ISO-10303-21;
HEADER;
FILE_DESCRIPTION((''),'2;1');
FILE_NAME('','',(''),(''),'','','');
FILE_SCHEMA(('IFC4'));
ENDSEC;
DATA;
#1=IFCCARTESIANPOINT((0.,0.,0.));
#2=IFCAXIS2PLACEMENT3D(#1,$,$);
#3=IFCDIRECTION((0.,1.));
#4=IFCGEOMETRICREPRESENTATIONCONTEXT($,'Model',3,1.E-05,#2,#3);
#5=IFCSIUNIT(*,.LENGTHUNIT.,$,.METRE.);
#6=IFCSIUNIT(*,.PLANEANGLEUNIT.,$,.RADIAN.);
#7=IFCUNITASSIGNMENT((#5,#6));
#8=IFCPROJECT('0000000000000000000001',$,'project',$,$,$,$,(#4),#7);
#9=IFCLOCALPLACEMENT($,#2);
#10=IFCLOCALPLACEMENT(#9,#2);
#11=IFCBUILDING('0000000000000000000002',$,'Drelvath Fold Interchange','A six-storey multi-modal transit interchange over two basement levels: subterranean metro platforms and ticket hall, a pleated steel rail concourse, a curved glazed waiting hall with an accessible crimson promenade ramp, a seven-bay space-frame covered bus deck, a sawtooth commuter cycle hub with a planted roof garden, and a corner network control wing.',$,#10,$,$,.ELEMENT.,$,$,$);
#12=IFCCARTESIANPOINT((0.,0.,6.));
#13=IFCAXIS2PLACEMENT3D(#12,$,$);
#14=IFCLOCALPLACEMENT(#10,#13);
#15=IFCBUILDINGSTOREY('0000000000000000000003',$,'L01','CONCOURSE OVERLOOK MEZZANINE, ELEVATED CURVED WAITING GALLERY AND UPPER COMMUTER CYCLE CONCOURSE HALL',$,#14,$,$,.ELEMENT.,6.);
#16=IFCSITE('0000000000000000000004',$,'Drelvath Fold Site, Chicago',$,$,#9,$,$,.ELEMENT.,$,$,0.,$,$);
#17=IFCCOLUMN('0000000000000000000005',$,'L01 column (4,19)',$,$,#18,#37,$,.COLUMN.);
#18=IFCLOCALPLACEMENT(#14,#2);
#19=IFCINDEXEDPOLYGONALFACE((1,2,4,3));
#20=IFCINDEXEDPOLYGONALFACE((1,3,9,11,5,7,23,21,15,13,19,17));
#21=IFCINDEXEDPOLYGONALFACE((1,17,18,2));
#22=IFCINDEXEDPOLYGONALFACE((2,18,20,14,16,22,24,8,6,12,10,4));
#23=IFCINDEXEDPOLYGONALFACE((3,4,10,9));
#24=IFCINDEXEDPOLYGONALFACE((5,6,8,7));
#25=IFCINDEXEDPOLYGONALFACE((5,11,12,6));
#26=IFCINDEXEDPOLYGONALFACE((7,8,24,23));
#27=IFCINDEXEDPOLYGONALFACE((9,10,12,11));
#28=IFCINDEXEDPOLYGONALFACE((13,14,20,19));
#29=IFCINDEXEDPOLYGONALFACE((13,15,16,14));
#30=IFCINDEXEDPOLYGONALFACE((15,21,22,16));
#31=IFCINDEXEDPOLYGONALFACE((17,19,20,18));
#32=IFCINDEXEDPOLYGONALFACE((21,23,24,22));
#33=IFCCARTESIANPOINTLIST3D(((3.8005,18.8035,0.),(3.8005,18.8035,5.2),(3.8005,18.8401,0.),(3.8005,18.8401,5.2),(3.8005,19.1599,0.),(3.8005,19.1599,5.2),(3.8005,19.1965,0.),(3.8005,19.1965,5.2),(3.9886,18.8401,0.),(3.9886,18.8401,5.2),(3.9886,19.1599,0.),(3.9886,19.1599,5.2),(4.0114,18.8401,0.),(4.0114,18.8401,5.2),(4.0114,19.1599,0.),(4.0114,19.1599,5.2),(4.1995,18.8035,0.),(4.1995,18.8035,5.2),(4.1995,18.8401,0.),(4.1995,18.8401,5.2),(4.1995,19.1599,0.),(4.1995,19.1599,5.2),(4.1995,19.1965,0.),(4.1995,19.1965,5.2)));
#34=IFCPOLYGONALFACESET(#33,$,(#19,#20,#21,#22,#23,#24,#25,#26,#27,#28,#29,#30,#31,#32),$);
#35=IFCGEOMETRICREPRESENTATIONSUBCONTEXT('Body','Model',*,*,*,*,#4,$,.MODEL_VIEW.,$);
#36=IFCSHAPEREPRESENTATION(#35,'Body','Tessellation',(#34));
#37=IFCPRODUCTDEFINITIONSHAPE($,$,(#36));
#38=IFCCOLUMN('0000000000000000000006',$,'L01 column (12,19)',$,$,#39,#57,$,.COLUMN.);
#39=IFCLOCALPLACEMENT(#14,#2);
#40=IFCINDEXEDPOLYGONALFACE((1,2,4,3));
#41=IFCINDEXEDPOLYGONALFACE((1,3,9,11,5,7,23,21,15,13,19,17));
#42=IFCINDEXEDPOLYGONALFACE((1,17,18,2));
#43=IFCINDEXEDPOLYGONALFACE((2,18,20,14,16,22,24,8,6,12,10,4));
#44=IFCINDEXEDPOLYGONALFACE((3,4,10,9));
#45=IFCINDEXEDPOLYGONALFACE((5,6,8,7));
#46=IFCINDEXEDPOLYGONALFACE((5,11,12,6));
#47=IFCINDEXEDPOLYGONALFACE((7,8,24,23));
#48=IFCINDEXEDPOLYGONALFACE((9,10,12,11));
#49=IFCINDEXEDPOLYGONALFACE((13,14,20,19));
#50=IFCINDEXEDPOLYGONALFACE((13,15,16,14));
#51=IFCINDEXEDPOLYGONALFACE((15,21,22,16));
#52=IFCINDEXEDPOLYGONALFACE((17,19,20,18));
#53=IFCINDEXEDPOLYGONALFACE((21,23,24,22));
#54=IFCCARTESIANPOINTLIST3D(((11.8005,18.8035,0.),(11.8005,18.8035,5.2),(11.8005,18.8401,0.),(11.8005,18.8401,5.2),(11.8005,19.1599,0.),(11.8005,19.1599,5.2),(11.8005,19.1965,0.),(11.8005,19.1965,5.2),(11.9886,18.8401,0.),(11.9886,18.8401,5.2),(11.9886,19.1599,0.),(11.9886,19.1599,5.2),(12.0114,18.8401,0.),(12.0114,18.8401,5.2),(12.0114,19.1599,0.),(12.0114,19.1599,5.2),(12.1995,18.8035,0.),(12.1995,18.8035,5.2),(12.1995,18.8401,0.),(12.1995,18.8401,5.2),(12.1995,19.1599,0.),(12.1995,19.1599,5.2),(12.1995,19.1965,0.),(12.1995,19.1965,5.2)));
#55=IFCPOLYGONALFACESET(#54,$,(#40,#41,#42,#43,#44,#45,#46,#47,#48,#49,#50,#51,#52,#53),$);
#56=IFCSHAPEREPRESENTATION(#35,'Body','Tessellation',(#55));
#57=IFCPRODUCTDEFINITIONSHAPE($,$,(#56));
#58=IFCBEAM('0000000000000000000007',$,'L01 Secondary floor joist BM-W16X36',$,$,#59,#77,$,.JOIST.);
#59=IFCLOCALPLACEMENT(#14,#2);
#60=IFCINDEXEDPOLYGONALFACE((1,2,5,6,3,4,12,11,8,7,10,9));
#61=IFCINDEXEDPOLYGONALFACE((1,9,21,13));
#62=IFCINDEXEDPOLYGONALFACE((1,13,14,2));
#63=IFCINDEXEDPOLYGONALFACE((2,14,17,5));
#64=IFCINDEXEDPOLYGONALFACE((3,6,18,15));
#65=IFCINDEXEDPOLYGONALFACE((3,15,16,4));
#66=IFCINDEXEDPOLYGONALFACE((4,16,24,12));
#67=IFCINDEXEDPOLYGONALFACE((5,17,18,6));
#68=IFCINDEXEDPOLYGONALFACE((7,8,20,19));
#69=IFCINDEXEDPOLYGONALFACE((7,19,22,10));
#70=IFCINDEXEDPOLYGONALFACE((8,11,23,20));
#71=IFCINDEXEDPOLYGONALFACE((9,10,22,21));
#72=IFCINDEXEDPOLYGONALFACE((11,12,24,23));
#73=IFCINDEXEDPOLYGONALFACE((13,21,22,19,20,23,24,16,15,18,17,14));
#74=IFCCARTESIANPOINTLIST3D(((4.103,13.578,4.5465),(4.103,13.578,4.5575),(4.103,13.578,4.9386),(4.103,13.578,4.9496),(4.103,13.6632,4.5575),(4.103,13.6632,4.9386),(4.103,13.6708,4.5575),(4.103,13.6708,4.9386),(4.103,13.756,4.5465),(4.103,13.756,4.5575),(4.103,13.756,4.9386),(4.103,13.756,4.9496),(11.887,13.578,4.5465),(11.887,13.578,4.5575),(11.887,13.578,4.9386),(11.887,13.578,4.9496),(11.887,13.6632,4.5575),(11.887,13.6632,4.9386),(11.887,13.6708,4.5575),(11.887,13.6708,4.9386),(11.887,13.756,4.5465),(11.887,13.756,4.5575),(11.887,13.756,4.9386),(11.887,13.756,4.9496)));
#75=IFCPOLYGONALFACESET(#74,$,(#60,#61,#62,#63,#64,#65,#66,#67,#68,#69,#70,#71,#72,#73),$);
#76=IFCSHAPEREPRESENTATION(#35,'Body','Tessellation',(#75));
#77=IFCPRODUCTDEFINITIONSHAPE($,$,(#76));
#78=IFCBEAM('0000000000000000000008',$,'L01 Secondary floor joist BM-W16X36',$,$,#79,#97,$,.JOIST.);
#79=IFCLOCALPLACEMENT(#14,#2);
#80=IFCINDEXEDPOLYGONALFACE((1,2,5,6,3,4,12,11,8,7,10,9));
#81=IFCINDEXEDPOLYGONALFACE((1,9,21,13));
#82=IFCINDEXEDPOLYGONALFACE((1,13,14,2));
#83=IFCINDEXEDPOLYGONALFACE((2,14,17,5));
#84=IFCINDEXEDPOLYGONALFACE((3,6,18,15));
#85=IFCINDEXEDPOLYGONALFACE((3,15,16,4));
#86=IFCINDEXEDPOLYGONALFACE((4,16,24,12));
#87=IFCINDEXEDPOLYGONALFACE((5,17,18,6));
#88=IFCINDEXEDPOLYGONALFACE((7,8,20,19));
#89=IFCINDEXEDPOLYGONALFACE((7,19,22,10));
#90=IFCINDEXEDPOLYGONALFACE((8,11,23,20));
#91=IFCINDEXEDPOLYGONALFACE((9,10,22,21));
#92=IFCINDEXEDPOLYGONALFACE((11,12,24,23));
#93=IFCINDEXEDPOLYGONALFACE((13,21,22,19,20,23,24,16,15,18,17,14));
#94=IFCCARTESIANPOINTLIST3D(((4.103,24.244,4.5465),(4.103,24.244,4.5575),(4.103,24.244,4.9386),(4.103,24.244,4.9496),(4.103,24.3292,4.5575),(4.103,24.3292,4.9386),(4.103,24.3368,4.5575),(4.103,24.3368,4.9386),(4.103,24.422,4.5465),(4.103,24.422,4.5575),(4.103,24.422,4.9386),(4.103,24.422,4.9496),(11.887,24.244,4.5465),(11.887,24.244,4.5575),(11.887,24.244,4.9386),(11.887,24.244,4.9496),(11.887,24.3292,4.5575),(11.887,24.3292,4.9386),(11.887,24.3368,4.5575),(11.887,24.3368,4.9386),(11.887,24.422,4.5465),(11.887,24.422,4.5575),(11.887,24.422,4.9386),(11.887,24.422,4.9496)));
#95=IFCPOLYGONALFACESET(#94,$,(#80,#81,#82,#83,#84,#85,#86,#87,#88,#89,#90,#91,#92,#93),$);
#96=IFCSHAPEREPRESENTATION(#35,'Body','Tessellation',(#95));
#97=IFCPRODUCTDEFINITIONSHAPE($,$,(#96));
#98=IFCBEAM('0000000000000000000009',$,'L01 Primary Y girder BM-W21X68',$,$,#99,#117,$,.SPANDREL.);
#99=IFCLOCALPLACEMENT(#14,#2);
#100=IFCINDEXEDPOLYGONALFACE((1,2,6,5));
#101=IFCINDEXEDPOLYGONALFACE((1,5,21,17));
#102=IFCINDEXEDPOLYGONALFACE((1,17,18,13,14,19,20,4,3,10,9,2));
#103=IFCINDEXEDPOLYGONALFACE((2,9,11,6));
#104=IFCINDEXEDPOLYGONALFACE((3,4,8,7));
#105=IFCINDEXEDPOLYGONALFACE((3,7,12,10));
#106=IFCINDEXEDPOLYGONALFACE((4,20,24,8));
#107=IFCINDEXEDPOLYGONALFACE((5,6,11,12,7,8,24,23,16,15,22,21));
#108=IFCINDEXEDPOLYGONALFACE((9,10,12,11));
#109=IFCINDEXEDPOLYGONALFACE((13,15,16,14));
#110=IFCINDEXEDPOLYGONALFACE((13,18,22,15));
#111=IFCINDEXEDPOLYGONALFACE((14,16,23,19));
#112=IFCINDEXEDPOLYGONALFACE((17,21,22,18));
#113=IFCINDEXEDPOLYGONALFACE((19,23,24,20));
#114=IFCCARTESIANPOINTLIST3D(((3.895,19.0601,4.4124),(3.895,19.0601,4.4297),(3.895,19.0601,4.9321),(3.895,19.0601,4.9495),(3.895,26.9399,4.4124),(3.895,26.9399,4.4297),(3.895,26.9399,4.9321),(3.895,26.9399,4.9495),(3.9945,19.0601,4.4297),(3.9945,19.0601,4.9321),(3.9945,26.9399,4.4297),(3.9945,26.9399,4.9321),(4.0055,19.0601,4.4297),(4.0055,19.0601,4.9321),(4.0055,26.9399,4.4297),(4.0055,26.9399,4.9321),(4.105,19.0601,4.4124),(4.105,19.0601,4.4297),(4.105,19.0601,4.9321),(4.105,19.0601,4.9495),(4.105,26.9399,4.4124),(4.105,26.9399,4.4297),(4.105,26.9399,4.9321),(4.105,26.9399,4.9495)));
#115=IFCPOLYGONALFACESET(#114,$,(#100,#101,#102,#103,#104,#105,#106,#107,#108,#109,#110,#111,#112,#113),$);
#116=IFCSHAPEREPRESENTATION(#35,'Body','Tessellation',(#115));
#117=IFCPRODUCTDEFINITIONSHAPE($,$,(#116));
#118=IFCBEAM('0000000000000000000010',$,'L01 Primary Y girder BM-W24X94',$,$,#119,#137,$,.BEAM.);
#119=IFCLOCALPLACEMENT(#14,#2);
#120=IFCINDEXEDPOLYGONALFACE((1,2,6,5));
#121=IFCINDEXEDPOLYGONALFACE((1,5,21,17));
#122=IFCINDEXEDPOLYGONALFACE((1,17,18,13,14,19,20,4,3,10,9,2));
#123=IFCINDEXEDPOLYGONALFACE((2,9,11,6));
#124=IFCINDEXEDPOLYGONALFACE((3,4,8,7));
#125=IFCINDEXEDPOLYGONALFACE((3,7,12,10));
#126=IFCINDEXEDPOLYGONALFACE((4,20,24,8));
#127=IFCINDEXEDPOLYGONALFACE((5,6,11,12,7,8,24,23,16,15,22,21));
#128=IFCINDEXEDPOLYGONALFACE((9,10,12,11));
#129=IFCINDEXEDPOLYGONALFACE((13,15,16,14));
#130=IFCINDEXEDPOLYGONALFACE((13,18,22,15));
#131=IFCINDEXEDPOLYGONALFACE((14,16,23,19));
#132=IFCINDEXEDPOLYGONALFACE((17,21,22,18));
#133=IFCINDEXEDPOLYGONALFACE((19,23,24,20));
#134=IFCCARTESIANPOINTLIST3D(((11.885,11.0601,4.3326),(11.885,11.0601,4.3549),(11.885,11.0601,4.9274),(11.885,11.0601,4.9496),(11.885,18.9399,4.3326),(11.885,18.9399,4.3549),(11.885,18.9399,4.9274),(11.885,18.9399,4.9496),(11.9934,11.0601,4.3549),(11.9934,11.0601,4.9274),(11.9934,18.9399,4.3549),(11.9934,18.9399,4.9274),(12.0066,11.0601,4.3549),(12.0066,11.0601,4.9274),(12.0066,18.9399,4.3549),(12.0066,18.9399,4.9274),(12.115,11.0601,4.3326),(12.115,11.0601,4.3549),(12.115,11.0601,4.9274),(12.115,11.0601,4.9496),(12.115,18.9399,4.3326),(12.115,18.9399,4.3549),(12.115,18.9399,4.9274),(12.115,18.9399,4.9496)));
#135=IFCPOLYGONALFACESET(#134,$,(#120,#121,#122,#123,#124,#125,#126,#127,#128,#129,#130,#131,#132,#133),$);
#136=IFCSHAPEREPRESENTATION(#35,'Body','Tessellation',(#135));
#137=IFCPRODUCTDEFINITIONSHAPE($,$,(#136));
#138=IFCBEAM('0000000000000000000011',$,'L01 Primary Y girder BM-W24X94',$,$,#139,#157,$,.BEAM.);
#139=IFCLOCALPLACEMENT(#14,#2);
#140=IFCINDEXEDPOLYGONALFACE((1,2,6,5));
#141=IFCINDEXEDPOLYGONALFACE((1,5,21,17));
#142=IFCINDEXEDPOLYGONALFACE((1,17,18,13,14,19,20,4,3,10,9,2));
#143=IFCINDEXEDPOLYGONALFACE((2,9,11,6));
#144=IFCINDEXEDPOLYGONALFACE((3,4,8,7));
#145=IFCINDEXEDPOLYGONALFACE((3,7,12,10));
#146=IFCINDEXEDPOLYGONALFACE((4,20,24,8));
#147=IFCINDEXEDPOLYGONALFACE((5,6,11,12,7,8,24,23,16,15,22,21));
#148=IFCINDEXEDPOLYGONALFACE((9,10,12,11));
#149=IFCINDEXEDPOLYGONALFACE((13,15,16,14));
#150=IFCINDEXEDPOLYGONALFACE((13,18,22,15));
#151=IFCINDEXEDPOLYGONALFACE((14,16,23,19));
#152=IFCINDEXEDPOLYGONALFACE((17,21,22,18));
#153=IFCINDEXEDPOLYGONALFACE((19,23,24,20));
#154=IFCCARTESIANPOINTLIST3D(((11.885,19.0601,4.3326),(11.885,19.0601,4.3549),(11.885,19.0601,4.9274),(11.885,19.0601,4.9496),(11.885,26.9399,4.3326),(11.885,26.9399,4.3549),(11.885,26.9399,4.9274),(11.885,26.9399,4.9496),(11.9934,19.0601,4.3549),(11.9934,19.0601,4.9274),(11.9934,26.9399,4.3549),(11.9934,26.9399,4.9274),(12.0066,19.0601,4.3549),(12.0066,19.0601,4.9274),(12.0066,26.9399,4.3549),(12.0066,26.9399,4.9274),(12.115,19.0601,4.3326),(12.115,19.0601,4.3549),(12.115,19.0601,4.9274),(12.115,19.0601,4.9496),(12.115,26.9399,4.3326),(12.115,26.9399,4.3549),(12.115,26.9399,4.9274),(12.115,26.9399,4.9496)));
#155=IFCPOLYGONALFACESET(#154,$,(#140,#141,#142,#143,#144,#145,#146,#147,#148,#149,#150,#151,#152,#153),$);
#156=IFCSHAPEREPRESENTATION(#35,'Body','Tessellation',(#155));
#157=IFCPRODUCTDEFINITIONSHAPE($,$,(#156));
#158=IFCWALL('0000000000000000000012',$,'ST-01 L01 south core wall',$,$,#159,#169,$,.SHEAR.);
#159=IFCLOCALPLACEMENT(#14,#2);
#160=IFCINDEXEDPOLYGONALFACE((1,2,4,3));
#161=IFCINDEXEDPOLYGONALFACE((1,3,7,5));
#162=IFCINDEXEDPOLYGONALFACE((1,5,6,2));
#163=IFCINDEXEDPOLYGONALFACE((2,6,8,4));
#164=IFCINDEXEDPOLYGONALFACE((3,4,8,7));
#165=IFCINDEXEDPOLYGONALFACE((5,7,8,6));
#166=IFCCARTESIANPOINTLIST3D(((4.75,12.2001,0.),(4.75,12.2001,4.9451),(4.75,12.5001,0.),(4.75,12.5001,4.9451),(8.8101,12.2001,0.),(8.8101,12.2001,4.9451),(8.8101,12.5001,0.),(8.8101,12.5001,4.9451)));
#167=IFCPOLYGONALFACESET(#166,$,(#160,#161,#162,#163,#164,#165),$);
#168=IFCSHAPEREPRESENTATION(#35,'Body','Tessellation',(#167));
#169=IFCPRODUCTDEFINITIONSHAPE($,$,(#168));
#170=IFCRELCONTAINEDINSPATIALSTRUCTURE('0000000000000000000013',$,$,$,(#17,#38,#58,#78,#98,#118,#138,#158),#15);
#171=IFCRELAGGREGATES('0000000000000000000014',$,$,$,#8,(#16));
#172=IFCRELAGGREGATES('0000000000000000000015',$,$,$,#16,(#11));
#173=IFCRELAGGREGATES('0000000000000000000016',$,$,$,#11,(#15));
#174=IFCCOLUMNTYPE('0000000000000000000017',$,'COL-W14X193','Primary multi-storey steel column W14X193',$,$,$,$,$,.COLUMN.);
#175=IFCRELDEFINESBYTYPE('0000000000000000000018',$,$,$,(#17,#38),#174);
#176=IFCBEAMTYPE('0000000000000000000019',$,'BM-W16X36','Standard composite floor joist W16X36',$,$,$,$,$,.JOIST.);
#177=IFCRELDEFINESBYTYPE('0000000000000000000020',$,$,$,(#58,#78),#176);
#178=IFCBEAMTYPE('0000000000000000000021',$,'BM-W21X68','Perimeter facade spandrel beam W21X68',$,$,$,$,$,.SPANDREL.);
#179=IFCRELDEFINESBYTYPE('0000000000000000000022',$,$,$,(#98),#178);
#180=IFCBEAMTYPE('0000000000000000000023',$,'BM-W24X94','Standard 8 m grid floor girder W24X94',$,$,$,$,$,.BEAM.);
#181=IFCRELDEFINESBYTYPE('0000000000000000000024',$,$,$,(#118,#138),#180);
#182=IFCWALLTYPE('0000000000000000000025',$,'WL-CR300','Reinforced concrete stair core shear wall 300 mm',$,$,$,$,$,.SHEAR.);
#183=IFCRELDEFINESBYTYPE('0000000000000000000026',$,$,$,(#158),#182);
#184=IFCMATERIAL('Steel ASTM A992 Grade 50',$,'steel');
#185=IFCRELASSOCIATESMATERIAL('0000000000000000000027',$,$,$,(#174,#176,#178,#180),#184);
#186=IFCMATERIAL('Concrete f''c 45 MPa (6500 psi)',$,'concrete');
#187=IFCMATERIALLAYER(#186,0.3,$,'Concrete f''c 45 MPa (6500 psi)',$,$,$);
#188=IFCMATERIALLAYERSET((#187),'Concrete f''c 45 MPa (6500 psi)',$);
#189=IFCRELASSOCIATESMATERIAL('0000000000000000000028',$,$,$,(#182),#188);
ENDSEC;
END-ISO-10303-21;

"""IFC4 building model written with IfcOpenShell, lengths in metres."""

from ifc_helpers import new_model, si_unit, direction, frame, frame_2d, origin, origin_2d, place, context, subcontext, project, spatial, rectangle, i_section, extrude, material, layer, layer_set, material_profile, profile_set, type_object, element, save


model = new_model("IFC4")

# Units and contexts
model_context = context("Model", 3, precision=1e-05, world=origin(), true_north=direction((0.0, 1.0)))
body_context = subcontext(model_context, "Body", "Model", "MODEL_VIEW")
ifc_project = project(units=[si_unit("LENGTHUNIT", "METRE"), si_unit("PLANEANGLEUNIT", "RADIAN")], contexts=[model_context])

# Site, building, storey
site_placement = place(None, origin())
site = spatial("IfcSite", under=ifc_project, at=site_placement, Name="Drelvath Fold Site, Chicago", CompositionType="ELEMENT", RefElevation=0.0)
building_placement = place(site_placement, origin())
building = spatial("IfcBuilding", under=site, at=building_placement, Name="Drelvath Fold Interchange", Description="A six-storey multi-modal transit interchange over two basement levels: subterranean metro platforms and ticket hall, a pleated steel rail concourse, a curved glazed waiting hall with an accessible crimson promenade ramp, a seven-bay space-frame covered bus deck, a sawtooth commuter cycle hub with a planted roof garden, and a corner network control wing.", CompositionType="ELEMENT")
storey_placement = place(building_placement, frame((0.0, 0.0, 6.0)))
storey = spatial("IfcBuildingStorey", under=building, at=storey_placement, Name="L01", Description="CONCOURSE OVERLOOK MEZZANINE, ELEVATED CURVED WAITING GALLERY AND UPPER COMMUTER CYCLE CONCOURSE HALL", CompositionType="ELEMENT", Elevation=6.0)

# Columns
ifc_material_1 = material(Name="Steel ASTM A992 Grade 50", Category="steel")
ifc_material_profile_1 = material_profile(ifc_material_1, i_section(OverallWidth=0.3989, OverallDepth=0.3931, WebThickness=0.0227, FlangeThickness=0.0366, at=origin_2d()), Name="W14X193")
ifc_profile_set_1 = profile_set([ifc_material_profile_1], Name="Steel ASTM A992 Grade 50")
column_type = type_object("IfcColumnType", Name="COL-W14X193", Description="Primary multi-storey steel column W14X193", PredefinedType="COLUMN", material=ifc_profile_set_1)
for number, where, z_axis, x_axis, name in (
    (1, (4.0, 19.0, 0.0), (0.0, 0.0, 1.0), (1.0, 0.0, 0.0), "L01 column (4,19)"),
    (2, (12.0, 19.0, 0.0), (0.0, 0.0, 1.0), (1.0, 0.0, 0.0), "L01 column (12,19)"),
):
    element("IfcColumn", number, at=place(storey_placement, frame(where, z_axis=z_axis, x_axis=x_axis)), inside=storey, type_object=column_type, Name=name, PredefinedType="COLUMN", context=body_context, shape_type="SweptSolid", body=[
        extrude(i_section(OverallWidth=0.3989, OverallDepth=0.3931, WebThickness=0.0227, FlangeThickness=0.0366, at=origin_2d()), origin(), (0.0, 0.0, 1.0), 5.2),
    ])

# Beams
ifc_material_profile_2 = material_profile(ifc_material_1, i_section(OverallWidth=0.178, OverallDepth=0.4031, WebThickness=0.0076, FlangeThickness=0.011, at=origin_2d()), Name="W16X36")
ifc_profile_set_2 = profile_set([ifc_material_profile_2], Name="Steel ASTM A992 Grade 50")
beam_type_1 = type_object("IfcBeamType", Name="BM-W16X36", Description="Standard composite floor joist W16X36", PredefinedType="JOIST", material=ifc_profile_set_2)
for number, where, z_axis, x_axis, name in (
    (3, (4.103, 13.667, 4.748), (1.0, 0.0, 0.0), (0.0, 1.0, 0.0), "L01 Secondary floor joist BM-W16X36"),
    (4, (4.103, 24.333, 4.748), (1.0, 0.0, 0.0), (0.0, 1.0, 0.0), "L01 Secondary floor joist BM-W16X36"),
):
    element("IfcBeam", number, at=place(storey_placement, frame(where, z_axis=z_axis, x_axis=x_axis)), inside=storey, type_object=beam_type_1, Name=name, PredefinedType="JOIST", context=body_context, shape_type="SweptSolid", body=[
        extrude(i_section(OverallWidth=0.178, OverallDepth=0.4031, WebThickness=0.0076, FlangeThickness=0.011, at=origin_2d()), origin(), (0.0, 0.0, 1.0), 7.7839),
    ])
ifc_material_profile_3 = material_profile(ifc_material_1, i_section(OverallWidth=0.21, OverallDepth=0.5371, WebThickness=0.011, FlangeThickness=0.0173, at=origin_2d()), Name="W21X68")
ifc_profile_set_3 = profile_set([ifc_material_profile_3], Name="Steel ASTM A992 Grade 50")
beam_type_2 = type_object("IfcBeamType", Name="BM-W21X68", Description="Perimeter facade spandrel beam W21X68", PredefinedType="SPANDREL", material=ifc_profile_set_3)
beam_placement = place(storey_placement, frame((4.0, 19.0601, 4.6809), z_axis=(0.0, 1.0, 0.0), x_axis=(-1.0, 0.0, 0.0)))
element("IfcBeam", 5, at=beam_placement, inside=storey, type_object=beam_type_2, Name="L01 Primary Y girder BM-W21X68", PredefinedType="SPANDREL", context=body_context, shape_type="SweptSolid", body=[
    extrude(i_section(OverallWidth=0.21, OverallDepth=0.5371, WebThickness=0.011, FlangeThickness=0.0173, at=origin_2d()), origin(), (0.0, 0.0, 1.0), 7.8799),
])
ifc_material_profile_4 = material_profile(ifc_material_1, i_section(OverallWidth=0.23, OverallDepth=0.6169, WebThickness=0.0132, FlangeThickness=0.0222, at=origin_2d()), Name="W24X94")
ifc_profile_set_4 = profile_set([ifc_material_profile_4], Name="Steel ASTM A992 Grade 50")
beam_type_3 = type_object("IfcBeamType", Name="BM-W24X94", Description="Standard 8 m grid floor girder W24X94", PredefinedType="BEAM", material=ifc_profile_set_4)
for number, where, z_axis, x_axis, name in (
    (6, (12.0, 11.0601, 4.6411), (0.0, 1.0, 0.0), (-1.0, 0.0, 0.0), "L01 Primary Y girder BM-W24X94"),
    (7, (12.0, 19.0601, 4.6411), (0.0, 1.0, 0.0), (-1.0, 0.0, 0.0), "L01 Primary Y girder BM-W24X94"),
):
    element("IfcBeam", number, at=place(storey_placement, frame(where, z_axis=z_axis, x_axis=x_axis)), inside=storey, type_object=beam_type_3, Name=name, PredefinedType="BEAM", context=body_context, shape_type="SweptSolid", body=[
        extrude(i_section(OverallWidth=0.23, OverallDepth=0.6169, WebThickness=0.0132, FlangeThickness=0.0222, at=origin_2d()), origin(), (0.0, 0.0, 1.0), 7.8799),
    ])

# Wall
ifc_material_2 = material(Name="Concrete f'c 45 MPa (6500 psi)", Category="concrete")
ifc_layer_1 = layer(ifc_material_2, 0.3, Name="Concrete f'c 45 MPa (6500 psi)")
ifc_layer_set_1 = layer_set([ifc_layer_1], Name="Concrete f'c 45 MPa (6500 psi)")
wall_type_1 = type_object("IfcWallType", Name="WL-CR300", Description="Reinforced concrete stair core shear wall 300 mm", PredefinedType="SHEAR", material=ifc_layer_set_1)
wall_1_placement = place(storey_placement, frame((4.75, 12.3501, 0.0), z_axis=(0.0, 0.0, 1.0), x_axis=(1.0, 0.0, 0.0)))
element("IfcWall", 8, at=wall_1_placement, inside=storey, type_object=wall_type_1, Name="ST-01 L01 south core wall", PredefinedType="SHEAR", context=body_context, shape_type="SweptSolid", body=[
    extrude(rectangle(XDim=4.0601, YDim=0.3, at=frame_2d((2.03, 0.0))), origin(), (0.0, 0.0, 1.0), 4.9451),
])

save(model, "model.ifc")
